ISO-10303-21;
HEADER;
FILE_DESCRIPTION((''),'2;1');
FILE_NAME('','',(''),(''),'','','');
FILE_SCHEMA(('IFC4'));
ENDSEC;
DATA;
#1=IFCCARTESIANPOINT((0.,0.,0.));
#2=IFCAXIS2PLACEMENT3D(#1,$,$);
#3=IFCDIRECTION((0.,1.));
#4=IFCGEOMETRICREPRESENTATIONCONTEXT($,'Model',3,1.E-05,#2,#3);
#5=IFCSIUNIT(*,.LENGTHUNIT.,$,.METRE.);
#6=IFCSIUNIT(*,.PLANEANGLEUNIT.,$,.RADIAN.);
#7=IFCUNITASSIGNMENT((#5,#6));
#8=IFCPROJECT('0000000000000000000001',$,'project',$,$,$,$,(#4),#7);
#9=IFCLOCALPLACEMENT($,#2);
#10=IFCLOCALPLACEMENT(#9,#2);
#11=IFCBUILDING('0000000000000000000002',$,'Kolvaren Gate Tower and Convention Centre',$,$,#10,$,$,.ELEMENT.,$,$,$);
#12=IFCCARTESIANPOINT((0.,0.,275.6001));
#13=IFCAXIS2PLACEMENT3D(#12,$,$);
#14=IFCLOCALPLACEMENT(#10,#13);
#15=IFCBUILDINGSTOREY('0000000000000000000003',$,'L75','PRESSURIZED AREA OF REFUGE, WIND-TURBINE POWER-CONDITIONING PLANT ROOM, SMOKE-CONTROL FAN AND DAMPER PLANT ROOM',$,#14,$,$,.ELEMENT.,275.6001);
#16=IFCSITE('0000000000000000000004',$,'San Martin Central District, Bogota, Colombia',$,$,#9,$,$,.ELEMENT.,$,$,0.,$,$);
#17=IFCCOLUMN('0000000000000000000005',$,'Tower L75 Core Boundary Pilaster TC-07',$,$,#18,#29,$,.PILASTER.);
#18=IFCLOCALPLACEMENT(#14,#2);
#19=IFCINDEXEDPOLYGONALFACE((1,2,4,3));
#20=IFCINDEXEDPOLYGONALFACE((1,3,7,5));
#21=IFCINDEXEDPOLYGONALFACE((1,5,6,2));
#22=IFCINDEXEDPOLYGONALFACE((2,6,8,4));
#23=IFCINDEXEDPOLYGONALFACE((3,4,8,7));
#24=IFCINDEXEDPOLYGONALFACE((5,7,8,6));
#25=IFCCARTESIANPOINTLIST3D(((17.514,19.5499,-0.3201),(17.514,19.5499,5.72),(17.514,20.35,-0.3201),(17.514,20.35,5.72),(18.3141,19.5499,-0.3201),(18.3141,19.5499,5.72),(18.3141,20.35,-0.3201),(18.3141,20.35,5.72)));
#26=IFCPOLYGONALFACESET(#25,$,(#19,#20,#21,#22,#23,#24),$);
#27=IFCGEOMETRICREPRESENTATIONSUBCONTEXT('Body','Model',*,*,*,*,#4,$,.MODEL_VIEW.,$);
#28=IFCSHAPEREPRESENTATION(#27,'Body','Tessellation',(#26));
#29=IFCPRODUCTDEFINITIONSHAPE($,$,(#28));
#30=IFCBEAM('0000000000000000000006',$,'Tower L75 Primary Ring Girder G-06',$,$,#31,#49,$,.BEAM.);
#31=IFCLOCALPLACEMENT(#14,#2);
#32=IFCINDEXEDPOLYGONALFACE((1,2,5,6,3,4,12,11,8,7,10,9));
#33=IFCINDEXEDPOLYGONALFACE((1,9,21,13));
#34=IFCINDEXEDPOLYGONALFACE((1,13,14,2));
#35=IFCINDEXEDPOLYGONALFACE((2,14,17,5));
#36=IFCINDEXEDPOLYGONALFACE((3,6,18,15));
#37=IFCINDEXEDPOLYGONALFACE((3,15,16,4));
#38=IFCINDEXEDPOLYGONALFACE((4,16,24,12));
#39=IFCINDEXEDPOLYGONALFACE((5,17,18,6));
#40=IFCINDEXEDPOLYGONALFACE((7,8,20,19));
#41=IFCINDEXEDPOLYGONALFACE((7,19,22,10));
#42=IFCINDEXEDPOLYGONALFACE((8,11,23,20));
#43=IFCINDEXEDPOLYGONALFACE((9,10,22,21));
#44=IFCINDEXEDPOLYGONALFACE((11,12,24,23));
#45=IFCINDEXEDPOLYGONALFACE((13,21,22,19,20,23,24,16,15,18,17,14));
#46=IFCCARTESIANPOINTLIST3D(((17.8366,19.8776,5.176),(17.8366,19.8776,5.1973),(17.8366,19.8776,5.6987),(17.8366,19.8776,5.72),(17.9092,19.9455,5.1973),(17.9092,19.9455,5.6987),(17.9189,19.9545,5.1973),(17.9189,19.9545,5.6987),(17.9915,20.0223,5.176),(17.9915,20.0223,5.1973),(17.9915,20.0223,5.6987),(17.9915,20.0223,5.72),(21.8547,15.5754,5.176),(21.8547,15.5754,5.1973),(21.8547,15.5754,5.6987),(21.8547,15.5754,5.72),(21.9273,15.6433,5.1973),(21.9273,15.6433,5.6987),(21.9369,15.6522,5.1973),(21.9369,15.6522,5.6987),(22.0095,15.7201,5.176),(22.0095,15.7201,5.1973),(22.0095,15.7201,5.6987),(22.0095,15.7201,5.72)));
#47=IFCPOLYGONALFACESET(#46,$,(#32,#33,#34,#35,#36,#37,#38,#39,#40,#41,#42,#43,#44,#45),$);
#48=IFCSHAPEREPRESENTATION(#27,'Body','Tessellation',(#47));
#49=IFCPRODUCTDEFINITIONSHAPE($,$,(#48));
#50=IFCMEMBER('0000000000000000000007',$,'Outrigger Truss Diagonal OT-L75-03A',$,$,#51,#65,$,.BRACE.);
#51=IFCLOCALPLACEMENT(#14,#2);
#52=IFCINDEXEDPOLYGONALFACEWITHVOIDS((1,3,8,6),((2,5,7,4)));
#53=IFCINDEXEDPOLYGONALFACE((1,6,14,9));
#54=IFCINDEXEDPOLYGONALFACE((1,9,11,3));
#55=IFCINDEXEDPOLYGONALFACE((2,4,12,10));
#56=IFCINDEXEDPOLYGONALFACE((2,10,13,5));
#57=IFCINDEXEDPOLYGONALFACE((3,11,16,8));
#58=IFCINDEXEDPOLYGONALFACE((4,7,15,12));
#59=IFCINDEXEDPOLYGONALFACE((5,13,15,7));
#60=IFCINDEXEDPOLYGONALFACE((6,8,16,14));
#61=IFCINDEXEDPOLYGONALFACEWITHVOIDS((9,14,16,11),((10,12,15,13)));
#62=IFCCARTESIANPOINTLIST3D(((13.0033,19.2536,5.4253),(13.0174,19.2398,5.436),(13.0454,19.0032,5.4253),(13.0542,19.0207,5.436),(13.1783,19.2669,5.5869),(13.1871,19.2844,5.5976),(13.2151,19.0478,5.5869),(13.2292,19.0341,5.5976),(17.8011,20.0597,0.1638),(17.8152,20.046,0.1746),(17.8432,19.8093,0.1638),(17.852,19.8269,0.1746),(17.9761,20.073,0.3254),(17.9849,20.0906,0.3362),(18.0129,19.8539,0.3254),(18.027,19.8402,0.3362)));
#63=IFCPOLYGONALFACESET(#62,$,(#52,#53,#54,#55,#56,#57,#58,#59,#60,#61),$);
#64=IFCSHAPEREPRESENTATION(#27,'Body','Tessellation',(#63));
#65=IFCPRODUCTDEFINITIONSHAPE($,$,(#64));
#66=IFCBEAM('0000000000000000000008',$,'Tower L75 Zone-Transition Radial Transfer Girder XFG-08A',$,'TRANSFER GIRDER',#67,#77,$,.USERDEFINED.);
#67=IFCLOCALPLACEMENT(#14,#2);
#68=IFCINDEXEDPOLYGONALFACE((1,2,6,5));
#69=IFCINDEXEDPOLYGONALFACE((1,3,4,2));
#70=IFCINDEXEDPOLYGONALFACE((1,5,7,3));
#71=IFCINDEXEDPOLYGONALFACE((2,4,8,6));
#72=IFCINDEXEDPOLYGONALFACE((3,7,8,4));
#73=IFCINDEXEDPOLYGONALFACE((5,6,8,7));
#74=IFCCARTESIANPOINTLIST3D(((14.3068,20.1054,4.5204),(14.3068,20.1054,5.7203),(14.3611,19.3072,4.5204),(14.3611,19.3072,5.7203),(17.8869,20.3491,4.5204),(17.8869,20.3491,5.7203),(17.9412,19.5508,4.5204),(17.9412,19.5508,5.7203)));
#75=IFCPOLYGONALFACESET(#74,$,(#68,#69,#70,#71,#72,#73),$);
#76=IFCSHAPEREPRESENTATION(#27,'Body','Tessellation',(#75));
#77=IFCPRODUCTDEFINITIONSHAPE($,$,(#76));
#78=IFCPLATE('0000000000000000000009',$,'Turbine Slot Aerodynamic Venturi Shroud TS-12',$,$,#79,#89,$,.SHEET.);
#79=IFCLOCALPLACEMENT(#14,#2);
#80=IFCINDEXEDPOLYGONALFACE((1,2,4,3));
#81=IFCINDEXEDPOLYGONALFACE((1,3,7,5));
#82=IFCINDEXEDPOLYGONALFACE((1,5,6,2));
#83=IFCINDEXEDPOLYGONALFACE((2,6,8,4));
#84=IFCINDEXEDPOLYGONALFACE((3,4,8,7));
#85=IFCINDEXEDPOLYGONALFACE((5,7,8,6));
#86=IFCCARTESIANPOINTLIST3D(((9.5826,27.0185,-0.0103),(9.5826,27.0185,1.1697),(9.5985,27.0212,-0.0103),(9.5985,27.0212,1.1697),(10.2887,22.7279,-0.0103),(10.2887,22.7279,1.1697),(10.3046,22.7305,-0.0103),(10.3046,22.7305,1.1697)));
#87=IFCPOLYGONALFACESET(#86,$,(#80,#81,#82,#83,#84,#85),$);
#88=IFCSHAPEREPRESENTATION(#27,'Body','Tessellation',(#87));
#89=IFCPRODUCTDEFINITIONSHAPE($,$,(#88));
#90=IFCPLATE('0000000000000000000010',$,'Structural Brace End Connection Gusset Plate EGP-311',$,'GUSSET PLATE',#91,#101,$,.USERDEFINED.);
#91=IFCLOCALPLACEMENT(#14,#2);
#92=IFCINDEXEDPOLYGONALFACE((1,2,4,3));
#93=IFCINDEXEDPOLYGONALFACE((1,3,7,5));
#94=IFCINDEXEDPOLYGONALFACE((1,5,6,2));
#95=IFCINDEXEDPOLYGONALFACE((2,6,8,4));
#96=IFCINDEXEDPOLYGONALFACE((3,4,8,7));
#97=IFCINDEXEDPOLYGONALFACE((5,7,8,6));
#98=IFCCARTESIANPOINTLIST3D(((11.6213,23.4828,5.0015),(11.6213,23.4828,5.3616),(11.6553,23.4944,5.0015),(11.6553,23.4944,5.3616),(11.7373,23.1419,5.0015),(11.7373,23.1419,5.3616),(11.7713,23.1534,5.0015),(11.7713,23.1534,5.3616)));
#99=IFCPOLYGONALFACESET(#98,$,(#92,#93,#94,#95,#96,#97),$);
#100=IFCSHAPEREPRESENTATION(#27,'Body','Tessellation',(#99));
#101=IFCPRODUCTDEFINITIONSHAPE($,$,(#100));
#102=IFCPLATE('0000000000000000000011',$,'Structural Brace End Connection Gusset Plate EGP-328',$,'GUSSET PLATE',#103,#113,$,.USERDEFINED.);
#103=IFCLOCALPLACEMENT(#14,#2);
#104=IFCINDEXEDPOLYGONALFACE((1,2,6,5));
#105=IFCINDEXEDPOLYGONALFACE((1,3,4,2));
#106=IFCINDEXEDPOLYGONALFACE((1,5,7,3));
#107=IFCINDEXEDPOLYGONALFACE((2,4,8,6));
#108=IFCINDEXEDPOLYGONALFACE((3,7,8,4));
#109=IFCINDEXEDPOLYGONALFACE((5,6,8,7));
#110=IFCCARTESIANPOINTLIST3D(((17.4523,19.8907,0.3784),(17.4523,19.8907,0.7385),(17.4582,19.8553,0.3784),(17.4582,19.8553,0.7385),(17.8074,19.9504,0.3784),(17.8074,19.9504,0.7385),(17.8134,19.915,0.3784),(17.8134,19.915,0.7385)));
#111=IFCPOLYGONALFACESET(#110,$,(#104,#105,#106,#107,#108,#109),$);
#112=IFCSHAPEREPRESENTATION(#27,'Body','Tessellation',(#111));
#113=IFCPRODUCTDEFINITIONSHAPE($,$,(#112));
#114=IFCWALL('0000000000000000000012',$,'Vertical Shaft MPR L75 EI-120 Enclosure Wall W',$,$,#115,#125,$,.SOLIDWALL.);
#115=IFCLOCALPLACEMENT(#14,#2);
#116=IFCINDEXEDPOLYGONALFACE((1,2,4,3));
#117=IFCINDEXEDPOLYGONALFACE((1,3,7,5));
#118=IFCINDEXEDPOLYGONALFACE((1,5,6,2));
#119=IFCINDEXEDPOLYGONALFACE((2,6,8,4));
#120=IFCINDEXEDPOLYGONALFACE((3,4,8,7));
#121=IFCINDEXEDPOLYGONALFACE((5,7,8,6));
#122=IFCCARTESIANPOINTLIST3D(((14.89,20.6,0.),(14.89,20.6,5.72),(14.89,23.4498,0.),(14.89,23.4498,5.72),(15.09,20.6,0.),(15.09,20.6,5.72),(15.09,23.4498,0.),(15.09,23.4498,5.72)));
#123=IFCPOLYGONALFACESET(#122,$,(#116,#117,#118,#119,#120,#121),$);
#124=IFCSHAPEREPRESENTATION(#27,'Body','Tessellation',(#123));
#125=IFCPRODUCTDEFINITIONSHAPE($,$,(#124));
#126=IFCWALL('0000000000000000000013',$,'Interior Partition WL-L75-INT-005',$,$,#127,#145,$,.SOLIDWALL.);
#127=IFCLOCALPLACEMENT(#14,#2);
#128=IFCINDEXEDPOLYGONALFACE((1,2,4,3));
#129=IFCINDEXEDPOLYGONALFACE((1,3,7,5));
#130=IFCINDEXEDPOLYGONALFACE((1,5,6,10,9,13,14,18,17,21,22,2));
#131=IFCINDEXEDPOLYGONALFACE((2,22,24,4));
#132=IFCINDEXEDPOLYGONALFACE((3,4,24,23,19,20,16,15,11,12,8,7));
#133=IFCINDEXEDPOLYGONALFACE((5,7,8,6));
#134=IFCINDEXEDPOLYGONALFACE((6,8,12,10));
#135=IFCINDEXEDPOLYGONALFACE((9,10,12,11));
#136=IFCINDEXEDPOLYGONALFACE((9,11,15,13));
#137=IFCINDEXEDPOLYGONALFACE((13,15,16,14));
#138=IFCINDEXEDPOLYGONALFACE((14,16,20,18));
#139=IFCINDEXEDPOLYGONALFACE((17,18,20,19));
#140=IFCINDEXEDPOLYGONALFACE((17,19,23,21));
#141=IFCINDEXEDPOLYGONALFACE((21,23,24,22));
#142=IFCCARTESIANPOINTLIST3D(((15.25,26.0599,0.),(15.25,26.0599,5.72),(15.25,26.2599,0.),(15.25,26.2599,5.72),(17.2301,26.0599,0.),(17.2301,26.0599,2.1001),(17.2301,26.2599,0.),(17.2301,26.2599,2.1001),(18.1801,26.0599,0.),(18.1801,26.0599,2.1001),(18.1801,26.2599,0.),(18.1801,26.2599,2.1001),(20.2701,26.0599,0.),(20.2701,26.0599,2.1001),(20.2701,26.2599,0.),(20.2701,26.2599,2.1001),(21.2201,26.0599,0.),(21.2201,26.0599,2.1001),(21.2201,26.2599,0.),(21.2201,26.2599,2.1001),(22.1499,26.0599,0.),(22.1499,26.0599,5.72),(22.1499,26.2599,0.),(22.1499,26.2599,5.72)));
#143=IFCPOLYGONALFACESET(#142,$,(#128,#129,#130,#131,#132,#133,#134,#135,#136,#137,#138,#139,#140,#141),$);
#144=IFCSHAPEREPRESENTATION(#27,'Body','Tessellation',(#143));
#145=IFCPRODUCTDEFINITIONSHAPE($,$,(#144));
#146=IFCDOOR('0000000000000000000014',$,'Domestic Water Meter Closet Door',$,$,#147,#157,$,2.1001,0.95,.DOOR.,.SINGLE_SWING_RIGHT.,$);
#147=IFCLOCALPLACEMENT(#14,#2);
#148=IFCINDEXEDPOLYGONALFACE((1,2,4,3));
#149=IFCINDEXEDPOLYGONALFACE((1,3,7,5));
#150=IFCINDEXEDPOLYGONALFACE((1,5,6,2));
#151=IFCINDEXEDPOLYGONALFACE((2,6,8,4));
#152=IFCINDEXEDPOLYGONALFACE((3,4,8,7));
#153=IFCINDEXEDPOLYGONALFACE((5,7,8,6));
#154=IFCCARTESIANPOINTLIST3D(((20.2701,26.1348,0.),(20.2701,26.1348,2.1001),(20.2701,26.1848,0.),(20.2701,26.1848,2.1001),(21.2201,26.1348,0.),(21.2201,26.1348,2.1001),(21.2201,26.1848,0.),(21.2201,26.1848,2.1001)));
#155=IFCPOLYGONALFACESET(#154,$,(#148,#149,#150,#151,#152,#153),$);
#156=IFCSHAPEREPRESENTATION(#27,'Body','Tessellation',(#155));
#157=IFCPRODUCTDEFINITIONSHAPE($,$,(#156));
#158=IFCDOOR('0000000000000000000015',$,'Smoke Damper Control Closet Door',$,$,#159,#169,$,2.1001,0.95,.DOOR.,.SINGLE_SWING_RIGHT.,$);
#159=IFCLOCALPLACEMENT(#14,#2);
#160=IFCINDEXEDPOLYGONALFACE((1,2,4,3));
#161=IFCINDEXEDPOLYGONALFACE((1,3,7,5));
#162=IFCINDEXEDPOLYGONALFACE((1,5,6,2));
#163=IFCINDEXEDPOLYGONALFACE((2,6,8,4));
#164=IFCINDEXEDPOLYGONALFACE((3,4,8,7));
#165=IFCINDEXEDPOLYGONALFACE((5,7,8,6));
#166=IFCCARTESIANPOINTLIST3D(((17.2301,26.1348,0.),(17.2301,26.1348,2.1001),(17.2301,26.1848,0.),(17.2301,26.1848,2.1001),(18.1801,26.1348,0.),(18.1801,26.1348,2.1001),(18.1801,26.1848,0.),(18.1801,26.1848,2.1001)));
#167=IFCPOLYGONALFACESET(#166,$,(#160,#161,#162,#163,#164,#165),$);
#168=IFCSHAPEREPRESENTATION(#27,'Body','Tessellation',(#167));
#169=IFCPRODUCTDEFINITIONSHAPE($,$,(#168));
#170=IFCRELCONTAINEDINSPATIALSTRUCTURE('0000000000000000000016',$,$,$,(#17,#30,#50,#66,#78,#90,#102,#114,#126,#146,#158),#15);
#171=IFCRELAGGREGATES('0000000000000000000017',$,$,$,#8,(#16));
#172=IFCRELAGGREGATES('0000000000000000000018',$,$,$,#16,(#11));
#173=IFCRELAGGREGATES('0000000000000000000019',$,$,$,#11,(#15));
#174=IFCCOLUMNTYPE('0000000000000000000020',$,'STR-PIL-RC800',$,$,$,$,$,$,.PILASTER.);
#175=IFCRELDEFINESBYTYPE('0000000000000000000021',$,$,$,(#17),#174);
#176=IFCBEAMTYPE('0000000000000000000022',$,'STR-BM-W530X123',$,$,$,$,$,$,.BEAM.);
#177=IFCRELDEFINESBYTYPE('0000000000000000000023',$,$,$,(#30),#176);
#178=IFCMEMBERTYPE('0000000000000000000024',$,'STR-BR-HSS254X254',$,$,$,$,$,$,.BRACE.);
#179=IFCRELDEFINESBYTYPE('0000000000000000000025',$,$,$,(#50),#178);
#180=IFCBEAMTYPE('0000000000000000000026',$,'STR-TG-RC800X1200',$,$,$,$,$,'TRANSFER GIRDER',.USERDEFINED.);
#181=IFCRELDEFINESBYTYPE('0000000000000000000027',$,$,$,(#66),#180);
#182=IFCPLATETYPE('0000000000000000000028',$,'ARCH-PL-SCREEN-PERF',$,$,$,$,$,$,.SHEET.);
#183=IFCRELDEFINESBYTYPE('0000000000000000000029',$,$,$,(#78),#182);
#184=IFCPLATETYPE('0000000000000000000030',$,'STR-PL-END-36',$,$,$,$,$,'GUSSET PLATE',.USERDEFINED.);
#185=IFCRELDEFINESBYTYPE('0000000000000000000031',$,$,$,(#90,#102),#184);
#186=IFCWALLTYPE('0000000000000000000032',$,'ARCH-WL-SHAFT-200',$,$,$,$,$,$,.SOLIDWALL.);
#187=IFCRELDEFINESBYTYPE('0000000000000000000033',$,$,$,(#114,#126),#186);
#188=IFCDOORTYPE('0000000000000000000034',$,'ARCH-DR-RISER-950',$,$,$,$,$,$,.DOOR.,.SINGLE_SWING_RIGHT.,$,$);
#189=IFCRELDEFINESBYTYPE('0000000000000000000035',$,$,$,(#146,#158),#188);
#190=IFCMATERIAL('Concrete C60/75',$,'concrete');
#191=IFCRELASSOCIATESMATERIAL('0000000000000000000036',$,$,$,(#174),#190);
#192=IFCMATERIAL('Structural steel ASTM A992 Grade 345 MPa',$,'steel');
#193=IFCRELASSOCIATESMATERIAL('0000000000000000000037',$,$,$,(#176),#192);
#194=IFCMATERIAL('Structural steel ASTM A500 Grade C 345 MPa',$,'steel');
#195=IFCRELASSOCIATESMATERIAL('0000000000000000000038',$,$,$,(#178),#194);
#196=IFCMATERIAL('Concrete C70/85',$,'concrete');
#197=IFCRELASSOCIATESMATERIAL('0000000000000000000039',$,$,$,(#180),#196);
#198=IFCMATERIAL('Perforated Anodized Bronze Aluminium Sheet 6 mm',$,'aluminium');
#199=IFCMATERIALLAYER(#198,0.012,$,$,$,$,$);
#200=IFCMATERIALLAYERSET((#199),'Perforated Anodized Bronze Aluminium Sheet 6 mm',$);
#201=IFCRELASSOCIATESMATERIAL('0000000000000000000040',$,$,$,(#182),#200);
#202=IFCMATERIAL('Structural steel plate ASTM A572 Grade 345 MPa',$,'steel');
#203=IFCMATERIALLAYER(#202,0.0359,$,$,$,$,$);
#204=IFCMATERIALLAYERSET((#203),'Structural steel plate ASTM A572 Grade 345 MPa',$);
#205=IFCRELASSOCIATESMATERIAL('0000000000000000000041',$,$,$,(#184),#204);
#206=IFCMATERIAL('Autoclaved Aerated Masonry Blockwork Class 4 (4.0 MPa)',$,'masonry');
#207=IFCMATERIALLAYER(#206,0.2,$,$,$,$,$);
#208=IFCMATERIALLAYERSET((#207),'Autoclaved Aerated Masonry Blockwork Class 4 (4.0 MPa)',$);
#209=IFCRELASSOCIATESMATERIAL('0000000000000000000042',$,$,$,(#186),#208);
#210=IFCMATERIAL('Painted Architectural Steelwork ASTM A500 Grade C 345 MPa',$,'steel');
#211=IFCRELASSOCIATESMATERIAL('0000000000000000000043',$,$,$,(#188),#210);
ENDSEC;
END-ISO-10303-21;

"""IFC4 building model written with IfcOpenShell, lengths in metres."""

from ifc_helpers import new_model, si_unit, direction, frame, frame_2d, origin, origin_2d, place, context, subcontext, project, spatial, rectangle, hollow_rectangle, i_section, extrude, material, layer, layer_set, material_profile, profile_set, type_object, element, fill, save


model = new_model("IFC4")

# Units and contexts
model_context = context("Model", 3, precision=1e-05, world=origin(), true_north=direction((0.0, 1.0)))
body_context = subcontext(model_context, "Body", "Model", "MODEL_VIEW")
ifc_project = project(units=[si_unit("LENGTHUNIT", "METRE"), si_unit("PLANEANGLEUNIT", "RADIAN")], contexts=[model_context])

# Site, building, storey
site_placement = place(None, origin())
site = spatial("IfcSite", under=ifc_project, at=site_placement, Name="San Martin Central District, Bogota, Colombia", CompositionType="ELEMENT", RefElevation=0.0)
building_placement = place(site_placement, origin())
building = spatial("IfcBuilding", under=site, at=building_placement, Name="Kolvaren Gate Tower and Convention Centre", CompositionType="ELEMENT")
storey_placement = place(building_placement, frame((0.0, 0.0, 275.6001)))
storey = spatial("IfcBuildingStorey", under=building, at=storey_placement, Name="L75", Description="PRESSURIZED AREA OF REFUGE, WIND-TURBINE POWER-CONDITIONING PLANT ROOM, SMOKE-CONTROL FAN AND DAMPER PLANT ROOM", CompositionType="ELEMENT", Elevation=275.6001)

# Column
ifc_material_1 = material(Name="Concrete C60/75", Category="concrete")
ifc_material_profile_1 = material_profile(ifc_material_1, rectangle(XDim=0.8, YDim=0.8, at=origin_2d()), Name="RC-COL-800X800")
ifc_profile_set_1 = profile_set([ifc_material_profile_1], Name="Concrete C60/75")
column_type = type_object("IfcColumnType", Name="STR-PIL-RC800", PredefinedType="PILASTER", material=ifc_profile_set_1)
column_placement = place(storey_placement, frame((17.9141, 19.95, -0.3201), z_axis=(0.0, 0.0, 1.0), x_axis=(1.0, 0.0, 0.0)))
element("IfcColumn", 1, at=column_placement, inside=storey, type_object=column_type, Name="Tower L75 Core Boundary Pilaster TC-07", PredefinedType="PILASTER", context=body_context, shape_type="SweptSolid", body=[
    extrude(rectangle(XDim=0.8, YDim=0.8, at=origin_2d()), origin(), (0.0, 0.0, 1.0), 6.04),
])

# Beam
ifc_material_2 = material(Name="Structural steel ASTM A992 Grade 345 MPa", Category="steel")
ifc_material_profile_2 = material_profile(ifc_material_2, i_section(OverallWidth=0.2119, OverallDepth=0.5439, WebThickness=0.0132, FlangeThickness=0.0212, at=origin_2d()), Name="W530X123")
ifc_profile_set_2 = profile_set([ifc_material_profile_2], Name="Structural steel ASTM A992 Grade 345 MPa")
beam_type_1 = type_object("IfcBeamType", Name="STR-BM-W530X123", PredefinedType="BEAM", material=ifc_profile_set_2)
beam_1_placement = place(storey_placement, frame((17.9141, 19.95, 5.448), z_axis=(0.682558, -0.730832, 0.0), x_axis=(0.730832, 0.682558, 0.0)))
element("IfcBeam", 2, at=beam_1_placement, inside=storey, type_object=beam_type_1, Name="Tower L75 Primary Ring Girder G-06", PredefinedType="BEAM", context=body_context, shape_type="SweptSolid", body=[
    extrude(i_section(OverallWidth=0.2119, OverallDepth=0.5439, WebThickness=0.0132, FlangeThickness=0.0212, at=origin_2d()), origin(), (0.0, 0.0, 1.0), 5.8867),
])

# Member
ifc_material_3 = material(Name="Structural steel ASTM A500 Grade C 345 MPa", Category="steel")
ifc_material_profile_3 = material_profile(ifc_material_3, hollow_rectangle(XDim=0.2539, YDim=0.2539, WallThickness=0.0159, at=origin_2d()), Name="HSS254X254X15.9")
ifc_profile_set_3 = profile_set([ifc_material_profile_3], Name="Structural steel ASTM A500 Grade C 345 MPa")
member_type = type_object("IfcMemberType", Name="STR-BR-HSS254X254", PredefinedType="BRACE", material=ifc_profile_set_3)
member_placement = place(storey_placement, frame((17.9141, 19.95, 0.25), z_axis=(-0.669525, -0.112496, 0.734222), x_axis=(0.165701, -0.986176, 0.0)))
element("IfcMember", 3, at=member_placement, inside=storey, type_object=member_type, Name="Outrigger Truss Diagonal OT-L75-03A", PredefinedType="BRACE", context=body_context, shape_type="SweptSolid", body=[
    extrude(hollow_rectangle(XDim=0.2539, YDim=0.2539, WallThickness=0.0159, at=origin_2d()), origin(), (0.0, 0.0, 1.0), 7.166),
])

# Beam
ifc_material_4 = material(Name="Concrete C70/85", Category="concrete")
ifc_material_profile_4 = material_profile(ifc_material_4, rectangle(XDim=0.8, YDim=1.2, at=origin_2d()), Name="RC-BM-800X1200")
ifc_profile_set_4 = profile_set([ifc_material_profile_4], Name="Concrete C70/85")
beam_type_2 = type_object("IfcBeamType", Name="STR-TG-RC800X1200", ElementType="TRANSFER GIRDER", PredefinedType="USERDEFINED", material=ifc_profile_set_4)
beam_2_placement = place(storey_placement, frame((17.9141, 19.95, 5.1204), z_axis=(-0.997692, -0.067901, 0.0), x_axis=(0.067901, -0.997692, 0.0)))
element("IfcBeam", 4, at=beam_2_placement, inside=storey, type_object=beam_type_2, Name="Tower L75 Zone-Transition Radial Transfer Girder XFG-08A", ObjectType="TRANSFER GIRDER", PredefinedType="USERDEFINED", context=body_context, shape_type="SweptSolid", body=[
    extrude(rectangle(XDim=0.8, YDim=1.2, at=origin_2d()), origin(), (0.0, 0.0, 1.0), 3.5884),
])

# Plates
ifc_material_5 = material(Name="Perforated Anodized Bronze Aluminium Sheet 6 mm", Category="aluminium")
ifc_layer_1 = layer(ifc_material_5, 0.012)
ifc_layer_set_1 = layer_set([ifc_layer_1], Name="Perforated Anodized Bronze Aluminium Sheet 6 mm")
plate_type_1 = type_object("IfcPlateType", Name="ARCH-PL-SCREEN-PERF", PredefinedType="SHEET", material=ifc_layer_set_1)
plate_placement = place(storey_placement, frame((9.9436, 24.8745, -0.0103), z_axis=(0.0, 0.0, 1.0), x_axis=(0.162386, -0.986727, 0.0)))
element("IfcPlate", 5, at=plate_placement, inside=storey, type_object=plate_type_1, Name="Turbine Slot Aerodynamic Venturi Shroud TS-12", PredefinedType="SHEET", context=body_context, shape_type="SweptSolid", body=[
    extrude(rectangle(XDim=4.3484, YDim=0.0161, at=origin_2d()), origin(), (0.0, 0.0, 1.0), 1.1799),
])
ifc_material_6 = material(Name="Structural steel plate ASTM A572 Grade 345 MPa", Category="steel")
ifc_layer_2 = layer(ifc_material_6, 0.0359)
ifc_layer_set_2 = layer_set([ifc_layer_2], Name="Structural steel plate ASTM A572 Grade 345 MPa")
plate_type_2 = type_object("IfcPlateType", Name="STR-PL-END-36", ElementType="GUSSET PLATE", PredefinedType="USERDEFINED", material=ifc_layer_set_2)
for number, where, z_axis, x_axis, name in (
    (6, (11.6963, 23.3181, 5.0015), (0.0, 0.0, 1.0), (0.322049, -0.946723, 0.0), "Structural Brace End Connection Gusset Plate EGP-311"),
    (7, (17.6328, 19.9028, 0.3784), (0.0, 0.0, 1.0), (-0.986178, -0.165691, 0.0), "Structural Brace End Connection Gusset Plate EGP-328"),
):
    element("IfcPlate", number, at=place(storey_placement, frame(where, z_axis=z_axis, x_axis=x_axis)), inside=storey, type_object=plate_type_2, Name=name, ObjectType="GUSSET PLATE", PredefinedType="USERDEFINED", context=body_context, shape_type="SweptSolid", body=[
        extrude(rectangle(XDim=0.3601, YDim=0.0359, at=origin_2d()), origin(), (0.0, 0.0, 1.0), 0.3601),
    ])

# Wall
ifc_material_7 = material(Name="Autoclaved Aerated Masonry Blockwork Class 4 (4.0 MPa)", Category="masonry")
ifc_layer_3 = layer(ifc_material_7, 0.2)
ifc_layer_set_3 = layer_set([ifc_layer_3], Name="Autoclaved Aerated Masonry Blockwork Class 4 (4.0 MPa)")
wall_type_1 = type_object("IfcWallType", Name="ARCH-WL-SHAFT-200", PredefinedType="SOLIDWALL", material=ifc_layer_set_3)
wall_1_placement = place(storey_placement, frame((14.99, 20.6001, 0.0), z_axis=(0.0, 0.0, 1.0), x_axis=(0.0, 1.0, 0.0)))
element("IfcWall", 8, at=wall_1_placement, inside=storey, type_object=wall_type_1, Name="Vertical Shaft MPR L75 EI-120 Enclosure Wall W", PredefinedType="SOLIDWALL", context=body_context, shape_type="SweptSolid", body=[
    extrude(rectangle(XDim=2.8499, YDim=0.2, at=frame_2d((1.4248, 0.0))), origin(), (0.0, 0.0, 1.0), 5.72),
])

# Wall, openings, doors
wall_2_placement = place(storey_placement, frame((15.25, 26.1599, 0.0), z_axis=(0.0, 0.0, 1.0), x_axis=(1.0, 0.0, 0.0)))
wall_2 = element("IfcWall", 9, at=wall_2_placement, inside=storey, type_object=wall_type_1, Name="Interior Partition WL-L75-INT-005", PredefinedType="SOLIDWALL", context=body_context, shape_type="SweptSolid", body=[
    extrude(rectangle(XDim=6.8999, YDim=0.2, at=frame_2d((3.45, 0.0))), origin(), (0.0, 0.0, 1.0), 5.72),
])
opening_1_placement = place(wall_2_placement, frame((5.02, 0.0, 0.0)))
opening_1 = element("IfcOpeningElement", 10, at=opening_1_placement, cuts=wall_2, PredefinedType="OPENING", context=body_context, shape_type="SweptSolid", body=[
    extrude(rectangle(XDim=0.95, YDim=2.1001, at=frame_2d((0.4751, 1.05))), frame((0.0, 0.1099, 0.0), z_axis=(0.0, -1.0, 0.0), x_axis=(1.0, 0.0, 0.0)), (0.0, 0.0, 1.0), 0.22),
])
opening_2_placement = place(wall_2_placement, frame((1.98, 0.0, 0.0)))
opening_2 = element("IfcOpeningElement", 11, at=opening_2_placement, cuts=wall_2, PredefinedType="OPENING", context=body_context, shape_type="SweptSolid", body=[
    extrude(rectangle(XDim=0.95, YDim=2.1001, at=frame_2d((0.4751, 1.05))), frame((0.0, 0.1099, 0.0), z_axis=(0.0, -1.0, 0.0), x_axis=(1.0, 0.0, 0.0)), (0.0, 0.0, 1.0), 0.22),
])
ifc_material_8 = material(Name="Painted Architectural Steelwork ASTM A500 Grade C 345 MPa", Category="steel")
door_type = type_object("IfcDoorType", Name="ARCH-DR-RISER-950", OperationType="SINGLE_SWING_RIGHT", PredefinedType="DOOR", material=ifc_material_8)
door_1_placement = place(opening_1_placement, origin())
door_1 = element("IfcDoor", 12, at=door_1_placement, inside=storey, type_object=door_type, Name="Domestic Water Meter Closet Door", OperationType="SINGLE_SWING_RIGHT", OverallHeight=2.1001, OverallWidth=0.95, PredefinedType="DOOR", context=body_context, shape_type="SweptSolid", body=[
    extrude(rectangle(XDim=0.95, YDim=2.1001, at=frame_2d((0.4751, 1.05))), frame((0.0, 0.0249, 0.0), z_axis=(0.0, -1.0, 0.0), x_axis=(1.0, 0.0, 0.0)), (0.0, 0.0, 1.0), 0.05),
])
fill(opening_1, door_1)
door_2_placement = place(opening_2_placement, origin())
door_2 = element("IfcDoor", 13, at=door_2_placement, inside=storey, type_object=door_type, Name="Smoke Damper Control Closet Door", OperationType="SINGLE_SWING_RIGHT", OverallHeight=2.1001, OverallWidth=0.95, PredefinedType="DOOR", context=body_context, shape_type="SweptSolid", body=[
    extrude(rectangle(XDim=0.95, YDim=2.1001, at=frame_2d((0.4751, 1.05))), frame((0.0, 0.0249, 0.0), z_axis=(0.0, -1.0, 0.0), x_axis=(1.0, 0.0, 0.0)), (0.0, 0.0, 1.0), 0.05),
])
fill(opening_2, door_2)

save(model, "model.ifc")
